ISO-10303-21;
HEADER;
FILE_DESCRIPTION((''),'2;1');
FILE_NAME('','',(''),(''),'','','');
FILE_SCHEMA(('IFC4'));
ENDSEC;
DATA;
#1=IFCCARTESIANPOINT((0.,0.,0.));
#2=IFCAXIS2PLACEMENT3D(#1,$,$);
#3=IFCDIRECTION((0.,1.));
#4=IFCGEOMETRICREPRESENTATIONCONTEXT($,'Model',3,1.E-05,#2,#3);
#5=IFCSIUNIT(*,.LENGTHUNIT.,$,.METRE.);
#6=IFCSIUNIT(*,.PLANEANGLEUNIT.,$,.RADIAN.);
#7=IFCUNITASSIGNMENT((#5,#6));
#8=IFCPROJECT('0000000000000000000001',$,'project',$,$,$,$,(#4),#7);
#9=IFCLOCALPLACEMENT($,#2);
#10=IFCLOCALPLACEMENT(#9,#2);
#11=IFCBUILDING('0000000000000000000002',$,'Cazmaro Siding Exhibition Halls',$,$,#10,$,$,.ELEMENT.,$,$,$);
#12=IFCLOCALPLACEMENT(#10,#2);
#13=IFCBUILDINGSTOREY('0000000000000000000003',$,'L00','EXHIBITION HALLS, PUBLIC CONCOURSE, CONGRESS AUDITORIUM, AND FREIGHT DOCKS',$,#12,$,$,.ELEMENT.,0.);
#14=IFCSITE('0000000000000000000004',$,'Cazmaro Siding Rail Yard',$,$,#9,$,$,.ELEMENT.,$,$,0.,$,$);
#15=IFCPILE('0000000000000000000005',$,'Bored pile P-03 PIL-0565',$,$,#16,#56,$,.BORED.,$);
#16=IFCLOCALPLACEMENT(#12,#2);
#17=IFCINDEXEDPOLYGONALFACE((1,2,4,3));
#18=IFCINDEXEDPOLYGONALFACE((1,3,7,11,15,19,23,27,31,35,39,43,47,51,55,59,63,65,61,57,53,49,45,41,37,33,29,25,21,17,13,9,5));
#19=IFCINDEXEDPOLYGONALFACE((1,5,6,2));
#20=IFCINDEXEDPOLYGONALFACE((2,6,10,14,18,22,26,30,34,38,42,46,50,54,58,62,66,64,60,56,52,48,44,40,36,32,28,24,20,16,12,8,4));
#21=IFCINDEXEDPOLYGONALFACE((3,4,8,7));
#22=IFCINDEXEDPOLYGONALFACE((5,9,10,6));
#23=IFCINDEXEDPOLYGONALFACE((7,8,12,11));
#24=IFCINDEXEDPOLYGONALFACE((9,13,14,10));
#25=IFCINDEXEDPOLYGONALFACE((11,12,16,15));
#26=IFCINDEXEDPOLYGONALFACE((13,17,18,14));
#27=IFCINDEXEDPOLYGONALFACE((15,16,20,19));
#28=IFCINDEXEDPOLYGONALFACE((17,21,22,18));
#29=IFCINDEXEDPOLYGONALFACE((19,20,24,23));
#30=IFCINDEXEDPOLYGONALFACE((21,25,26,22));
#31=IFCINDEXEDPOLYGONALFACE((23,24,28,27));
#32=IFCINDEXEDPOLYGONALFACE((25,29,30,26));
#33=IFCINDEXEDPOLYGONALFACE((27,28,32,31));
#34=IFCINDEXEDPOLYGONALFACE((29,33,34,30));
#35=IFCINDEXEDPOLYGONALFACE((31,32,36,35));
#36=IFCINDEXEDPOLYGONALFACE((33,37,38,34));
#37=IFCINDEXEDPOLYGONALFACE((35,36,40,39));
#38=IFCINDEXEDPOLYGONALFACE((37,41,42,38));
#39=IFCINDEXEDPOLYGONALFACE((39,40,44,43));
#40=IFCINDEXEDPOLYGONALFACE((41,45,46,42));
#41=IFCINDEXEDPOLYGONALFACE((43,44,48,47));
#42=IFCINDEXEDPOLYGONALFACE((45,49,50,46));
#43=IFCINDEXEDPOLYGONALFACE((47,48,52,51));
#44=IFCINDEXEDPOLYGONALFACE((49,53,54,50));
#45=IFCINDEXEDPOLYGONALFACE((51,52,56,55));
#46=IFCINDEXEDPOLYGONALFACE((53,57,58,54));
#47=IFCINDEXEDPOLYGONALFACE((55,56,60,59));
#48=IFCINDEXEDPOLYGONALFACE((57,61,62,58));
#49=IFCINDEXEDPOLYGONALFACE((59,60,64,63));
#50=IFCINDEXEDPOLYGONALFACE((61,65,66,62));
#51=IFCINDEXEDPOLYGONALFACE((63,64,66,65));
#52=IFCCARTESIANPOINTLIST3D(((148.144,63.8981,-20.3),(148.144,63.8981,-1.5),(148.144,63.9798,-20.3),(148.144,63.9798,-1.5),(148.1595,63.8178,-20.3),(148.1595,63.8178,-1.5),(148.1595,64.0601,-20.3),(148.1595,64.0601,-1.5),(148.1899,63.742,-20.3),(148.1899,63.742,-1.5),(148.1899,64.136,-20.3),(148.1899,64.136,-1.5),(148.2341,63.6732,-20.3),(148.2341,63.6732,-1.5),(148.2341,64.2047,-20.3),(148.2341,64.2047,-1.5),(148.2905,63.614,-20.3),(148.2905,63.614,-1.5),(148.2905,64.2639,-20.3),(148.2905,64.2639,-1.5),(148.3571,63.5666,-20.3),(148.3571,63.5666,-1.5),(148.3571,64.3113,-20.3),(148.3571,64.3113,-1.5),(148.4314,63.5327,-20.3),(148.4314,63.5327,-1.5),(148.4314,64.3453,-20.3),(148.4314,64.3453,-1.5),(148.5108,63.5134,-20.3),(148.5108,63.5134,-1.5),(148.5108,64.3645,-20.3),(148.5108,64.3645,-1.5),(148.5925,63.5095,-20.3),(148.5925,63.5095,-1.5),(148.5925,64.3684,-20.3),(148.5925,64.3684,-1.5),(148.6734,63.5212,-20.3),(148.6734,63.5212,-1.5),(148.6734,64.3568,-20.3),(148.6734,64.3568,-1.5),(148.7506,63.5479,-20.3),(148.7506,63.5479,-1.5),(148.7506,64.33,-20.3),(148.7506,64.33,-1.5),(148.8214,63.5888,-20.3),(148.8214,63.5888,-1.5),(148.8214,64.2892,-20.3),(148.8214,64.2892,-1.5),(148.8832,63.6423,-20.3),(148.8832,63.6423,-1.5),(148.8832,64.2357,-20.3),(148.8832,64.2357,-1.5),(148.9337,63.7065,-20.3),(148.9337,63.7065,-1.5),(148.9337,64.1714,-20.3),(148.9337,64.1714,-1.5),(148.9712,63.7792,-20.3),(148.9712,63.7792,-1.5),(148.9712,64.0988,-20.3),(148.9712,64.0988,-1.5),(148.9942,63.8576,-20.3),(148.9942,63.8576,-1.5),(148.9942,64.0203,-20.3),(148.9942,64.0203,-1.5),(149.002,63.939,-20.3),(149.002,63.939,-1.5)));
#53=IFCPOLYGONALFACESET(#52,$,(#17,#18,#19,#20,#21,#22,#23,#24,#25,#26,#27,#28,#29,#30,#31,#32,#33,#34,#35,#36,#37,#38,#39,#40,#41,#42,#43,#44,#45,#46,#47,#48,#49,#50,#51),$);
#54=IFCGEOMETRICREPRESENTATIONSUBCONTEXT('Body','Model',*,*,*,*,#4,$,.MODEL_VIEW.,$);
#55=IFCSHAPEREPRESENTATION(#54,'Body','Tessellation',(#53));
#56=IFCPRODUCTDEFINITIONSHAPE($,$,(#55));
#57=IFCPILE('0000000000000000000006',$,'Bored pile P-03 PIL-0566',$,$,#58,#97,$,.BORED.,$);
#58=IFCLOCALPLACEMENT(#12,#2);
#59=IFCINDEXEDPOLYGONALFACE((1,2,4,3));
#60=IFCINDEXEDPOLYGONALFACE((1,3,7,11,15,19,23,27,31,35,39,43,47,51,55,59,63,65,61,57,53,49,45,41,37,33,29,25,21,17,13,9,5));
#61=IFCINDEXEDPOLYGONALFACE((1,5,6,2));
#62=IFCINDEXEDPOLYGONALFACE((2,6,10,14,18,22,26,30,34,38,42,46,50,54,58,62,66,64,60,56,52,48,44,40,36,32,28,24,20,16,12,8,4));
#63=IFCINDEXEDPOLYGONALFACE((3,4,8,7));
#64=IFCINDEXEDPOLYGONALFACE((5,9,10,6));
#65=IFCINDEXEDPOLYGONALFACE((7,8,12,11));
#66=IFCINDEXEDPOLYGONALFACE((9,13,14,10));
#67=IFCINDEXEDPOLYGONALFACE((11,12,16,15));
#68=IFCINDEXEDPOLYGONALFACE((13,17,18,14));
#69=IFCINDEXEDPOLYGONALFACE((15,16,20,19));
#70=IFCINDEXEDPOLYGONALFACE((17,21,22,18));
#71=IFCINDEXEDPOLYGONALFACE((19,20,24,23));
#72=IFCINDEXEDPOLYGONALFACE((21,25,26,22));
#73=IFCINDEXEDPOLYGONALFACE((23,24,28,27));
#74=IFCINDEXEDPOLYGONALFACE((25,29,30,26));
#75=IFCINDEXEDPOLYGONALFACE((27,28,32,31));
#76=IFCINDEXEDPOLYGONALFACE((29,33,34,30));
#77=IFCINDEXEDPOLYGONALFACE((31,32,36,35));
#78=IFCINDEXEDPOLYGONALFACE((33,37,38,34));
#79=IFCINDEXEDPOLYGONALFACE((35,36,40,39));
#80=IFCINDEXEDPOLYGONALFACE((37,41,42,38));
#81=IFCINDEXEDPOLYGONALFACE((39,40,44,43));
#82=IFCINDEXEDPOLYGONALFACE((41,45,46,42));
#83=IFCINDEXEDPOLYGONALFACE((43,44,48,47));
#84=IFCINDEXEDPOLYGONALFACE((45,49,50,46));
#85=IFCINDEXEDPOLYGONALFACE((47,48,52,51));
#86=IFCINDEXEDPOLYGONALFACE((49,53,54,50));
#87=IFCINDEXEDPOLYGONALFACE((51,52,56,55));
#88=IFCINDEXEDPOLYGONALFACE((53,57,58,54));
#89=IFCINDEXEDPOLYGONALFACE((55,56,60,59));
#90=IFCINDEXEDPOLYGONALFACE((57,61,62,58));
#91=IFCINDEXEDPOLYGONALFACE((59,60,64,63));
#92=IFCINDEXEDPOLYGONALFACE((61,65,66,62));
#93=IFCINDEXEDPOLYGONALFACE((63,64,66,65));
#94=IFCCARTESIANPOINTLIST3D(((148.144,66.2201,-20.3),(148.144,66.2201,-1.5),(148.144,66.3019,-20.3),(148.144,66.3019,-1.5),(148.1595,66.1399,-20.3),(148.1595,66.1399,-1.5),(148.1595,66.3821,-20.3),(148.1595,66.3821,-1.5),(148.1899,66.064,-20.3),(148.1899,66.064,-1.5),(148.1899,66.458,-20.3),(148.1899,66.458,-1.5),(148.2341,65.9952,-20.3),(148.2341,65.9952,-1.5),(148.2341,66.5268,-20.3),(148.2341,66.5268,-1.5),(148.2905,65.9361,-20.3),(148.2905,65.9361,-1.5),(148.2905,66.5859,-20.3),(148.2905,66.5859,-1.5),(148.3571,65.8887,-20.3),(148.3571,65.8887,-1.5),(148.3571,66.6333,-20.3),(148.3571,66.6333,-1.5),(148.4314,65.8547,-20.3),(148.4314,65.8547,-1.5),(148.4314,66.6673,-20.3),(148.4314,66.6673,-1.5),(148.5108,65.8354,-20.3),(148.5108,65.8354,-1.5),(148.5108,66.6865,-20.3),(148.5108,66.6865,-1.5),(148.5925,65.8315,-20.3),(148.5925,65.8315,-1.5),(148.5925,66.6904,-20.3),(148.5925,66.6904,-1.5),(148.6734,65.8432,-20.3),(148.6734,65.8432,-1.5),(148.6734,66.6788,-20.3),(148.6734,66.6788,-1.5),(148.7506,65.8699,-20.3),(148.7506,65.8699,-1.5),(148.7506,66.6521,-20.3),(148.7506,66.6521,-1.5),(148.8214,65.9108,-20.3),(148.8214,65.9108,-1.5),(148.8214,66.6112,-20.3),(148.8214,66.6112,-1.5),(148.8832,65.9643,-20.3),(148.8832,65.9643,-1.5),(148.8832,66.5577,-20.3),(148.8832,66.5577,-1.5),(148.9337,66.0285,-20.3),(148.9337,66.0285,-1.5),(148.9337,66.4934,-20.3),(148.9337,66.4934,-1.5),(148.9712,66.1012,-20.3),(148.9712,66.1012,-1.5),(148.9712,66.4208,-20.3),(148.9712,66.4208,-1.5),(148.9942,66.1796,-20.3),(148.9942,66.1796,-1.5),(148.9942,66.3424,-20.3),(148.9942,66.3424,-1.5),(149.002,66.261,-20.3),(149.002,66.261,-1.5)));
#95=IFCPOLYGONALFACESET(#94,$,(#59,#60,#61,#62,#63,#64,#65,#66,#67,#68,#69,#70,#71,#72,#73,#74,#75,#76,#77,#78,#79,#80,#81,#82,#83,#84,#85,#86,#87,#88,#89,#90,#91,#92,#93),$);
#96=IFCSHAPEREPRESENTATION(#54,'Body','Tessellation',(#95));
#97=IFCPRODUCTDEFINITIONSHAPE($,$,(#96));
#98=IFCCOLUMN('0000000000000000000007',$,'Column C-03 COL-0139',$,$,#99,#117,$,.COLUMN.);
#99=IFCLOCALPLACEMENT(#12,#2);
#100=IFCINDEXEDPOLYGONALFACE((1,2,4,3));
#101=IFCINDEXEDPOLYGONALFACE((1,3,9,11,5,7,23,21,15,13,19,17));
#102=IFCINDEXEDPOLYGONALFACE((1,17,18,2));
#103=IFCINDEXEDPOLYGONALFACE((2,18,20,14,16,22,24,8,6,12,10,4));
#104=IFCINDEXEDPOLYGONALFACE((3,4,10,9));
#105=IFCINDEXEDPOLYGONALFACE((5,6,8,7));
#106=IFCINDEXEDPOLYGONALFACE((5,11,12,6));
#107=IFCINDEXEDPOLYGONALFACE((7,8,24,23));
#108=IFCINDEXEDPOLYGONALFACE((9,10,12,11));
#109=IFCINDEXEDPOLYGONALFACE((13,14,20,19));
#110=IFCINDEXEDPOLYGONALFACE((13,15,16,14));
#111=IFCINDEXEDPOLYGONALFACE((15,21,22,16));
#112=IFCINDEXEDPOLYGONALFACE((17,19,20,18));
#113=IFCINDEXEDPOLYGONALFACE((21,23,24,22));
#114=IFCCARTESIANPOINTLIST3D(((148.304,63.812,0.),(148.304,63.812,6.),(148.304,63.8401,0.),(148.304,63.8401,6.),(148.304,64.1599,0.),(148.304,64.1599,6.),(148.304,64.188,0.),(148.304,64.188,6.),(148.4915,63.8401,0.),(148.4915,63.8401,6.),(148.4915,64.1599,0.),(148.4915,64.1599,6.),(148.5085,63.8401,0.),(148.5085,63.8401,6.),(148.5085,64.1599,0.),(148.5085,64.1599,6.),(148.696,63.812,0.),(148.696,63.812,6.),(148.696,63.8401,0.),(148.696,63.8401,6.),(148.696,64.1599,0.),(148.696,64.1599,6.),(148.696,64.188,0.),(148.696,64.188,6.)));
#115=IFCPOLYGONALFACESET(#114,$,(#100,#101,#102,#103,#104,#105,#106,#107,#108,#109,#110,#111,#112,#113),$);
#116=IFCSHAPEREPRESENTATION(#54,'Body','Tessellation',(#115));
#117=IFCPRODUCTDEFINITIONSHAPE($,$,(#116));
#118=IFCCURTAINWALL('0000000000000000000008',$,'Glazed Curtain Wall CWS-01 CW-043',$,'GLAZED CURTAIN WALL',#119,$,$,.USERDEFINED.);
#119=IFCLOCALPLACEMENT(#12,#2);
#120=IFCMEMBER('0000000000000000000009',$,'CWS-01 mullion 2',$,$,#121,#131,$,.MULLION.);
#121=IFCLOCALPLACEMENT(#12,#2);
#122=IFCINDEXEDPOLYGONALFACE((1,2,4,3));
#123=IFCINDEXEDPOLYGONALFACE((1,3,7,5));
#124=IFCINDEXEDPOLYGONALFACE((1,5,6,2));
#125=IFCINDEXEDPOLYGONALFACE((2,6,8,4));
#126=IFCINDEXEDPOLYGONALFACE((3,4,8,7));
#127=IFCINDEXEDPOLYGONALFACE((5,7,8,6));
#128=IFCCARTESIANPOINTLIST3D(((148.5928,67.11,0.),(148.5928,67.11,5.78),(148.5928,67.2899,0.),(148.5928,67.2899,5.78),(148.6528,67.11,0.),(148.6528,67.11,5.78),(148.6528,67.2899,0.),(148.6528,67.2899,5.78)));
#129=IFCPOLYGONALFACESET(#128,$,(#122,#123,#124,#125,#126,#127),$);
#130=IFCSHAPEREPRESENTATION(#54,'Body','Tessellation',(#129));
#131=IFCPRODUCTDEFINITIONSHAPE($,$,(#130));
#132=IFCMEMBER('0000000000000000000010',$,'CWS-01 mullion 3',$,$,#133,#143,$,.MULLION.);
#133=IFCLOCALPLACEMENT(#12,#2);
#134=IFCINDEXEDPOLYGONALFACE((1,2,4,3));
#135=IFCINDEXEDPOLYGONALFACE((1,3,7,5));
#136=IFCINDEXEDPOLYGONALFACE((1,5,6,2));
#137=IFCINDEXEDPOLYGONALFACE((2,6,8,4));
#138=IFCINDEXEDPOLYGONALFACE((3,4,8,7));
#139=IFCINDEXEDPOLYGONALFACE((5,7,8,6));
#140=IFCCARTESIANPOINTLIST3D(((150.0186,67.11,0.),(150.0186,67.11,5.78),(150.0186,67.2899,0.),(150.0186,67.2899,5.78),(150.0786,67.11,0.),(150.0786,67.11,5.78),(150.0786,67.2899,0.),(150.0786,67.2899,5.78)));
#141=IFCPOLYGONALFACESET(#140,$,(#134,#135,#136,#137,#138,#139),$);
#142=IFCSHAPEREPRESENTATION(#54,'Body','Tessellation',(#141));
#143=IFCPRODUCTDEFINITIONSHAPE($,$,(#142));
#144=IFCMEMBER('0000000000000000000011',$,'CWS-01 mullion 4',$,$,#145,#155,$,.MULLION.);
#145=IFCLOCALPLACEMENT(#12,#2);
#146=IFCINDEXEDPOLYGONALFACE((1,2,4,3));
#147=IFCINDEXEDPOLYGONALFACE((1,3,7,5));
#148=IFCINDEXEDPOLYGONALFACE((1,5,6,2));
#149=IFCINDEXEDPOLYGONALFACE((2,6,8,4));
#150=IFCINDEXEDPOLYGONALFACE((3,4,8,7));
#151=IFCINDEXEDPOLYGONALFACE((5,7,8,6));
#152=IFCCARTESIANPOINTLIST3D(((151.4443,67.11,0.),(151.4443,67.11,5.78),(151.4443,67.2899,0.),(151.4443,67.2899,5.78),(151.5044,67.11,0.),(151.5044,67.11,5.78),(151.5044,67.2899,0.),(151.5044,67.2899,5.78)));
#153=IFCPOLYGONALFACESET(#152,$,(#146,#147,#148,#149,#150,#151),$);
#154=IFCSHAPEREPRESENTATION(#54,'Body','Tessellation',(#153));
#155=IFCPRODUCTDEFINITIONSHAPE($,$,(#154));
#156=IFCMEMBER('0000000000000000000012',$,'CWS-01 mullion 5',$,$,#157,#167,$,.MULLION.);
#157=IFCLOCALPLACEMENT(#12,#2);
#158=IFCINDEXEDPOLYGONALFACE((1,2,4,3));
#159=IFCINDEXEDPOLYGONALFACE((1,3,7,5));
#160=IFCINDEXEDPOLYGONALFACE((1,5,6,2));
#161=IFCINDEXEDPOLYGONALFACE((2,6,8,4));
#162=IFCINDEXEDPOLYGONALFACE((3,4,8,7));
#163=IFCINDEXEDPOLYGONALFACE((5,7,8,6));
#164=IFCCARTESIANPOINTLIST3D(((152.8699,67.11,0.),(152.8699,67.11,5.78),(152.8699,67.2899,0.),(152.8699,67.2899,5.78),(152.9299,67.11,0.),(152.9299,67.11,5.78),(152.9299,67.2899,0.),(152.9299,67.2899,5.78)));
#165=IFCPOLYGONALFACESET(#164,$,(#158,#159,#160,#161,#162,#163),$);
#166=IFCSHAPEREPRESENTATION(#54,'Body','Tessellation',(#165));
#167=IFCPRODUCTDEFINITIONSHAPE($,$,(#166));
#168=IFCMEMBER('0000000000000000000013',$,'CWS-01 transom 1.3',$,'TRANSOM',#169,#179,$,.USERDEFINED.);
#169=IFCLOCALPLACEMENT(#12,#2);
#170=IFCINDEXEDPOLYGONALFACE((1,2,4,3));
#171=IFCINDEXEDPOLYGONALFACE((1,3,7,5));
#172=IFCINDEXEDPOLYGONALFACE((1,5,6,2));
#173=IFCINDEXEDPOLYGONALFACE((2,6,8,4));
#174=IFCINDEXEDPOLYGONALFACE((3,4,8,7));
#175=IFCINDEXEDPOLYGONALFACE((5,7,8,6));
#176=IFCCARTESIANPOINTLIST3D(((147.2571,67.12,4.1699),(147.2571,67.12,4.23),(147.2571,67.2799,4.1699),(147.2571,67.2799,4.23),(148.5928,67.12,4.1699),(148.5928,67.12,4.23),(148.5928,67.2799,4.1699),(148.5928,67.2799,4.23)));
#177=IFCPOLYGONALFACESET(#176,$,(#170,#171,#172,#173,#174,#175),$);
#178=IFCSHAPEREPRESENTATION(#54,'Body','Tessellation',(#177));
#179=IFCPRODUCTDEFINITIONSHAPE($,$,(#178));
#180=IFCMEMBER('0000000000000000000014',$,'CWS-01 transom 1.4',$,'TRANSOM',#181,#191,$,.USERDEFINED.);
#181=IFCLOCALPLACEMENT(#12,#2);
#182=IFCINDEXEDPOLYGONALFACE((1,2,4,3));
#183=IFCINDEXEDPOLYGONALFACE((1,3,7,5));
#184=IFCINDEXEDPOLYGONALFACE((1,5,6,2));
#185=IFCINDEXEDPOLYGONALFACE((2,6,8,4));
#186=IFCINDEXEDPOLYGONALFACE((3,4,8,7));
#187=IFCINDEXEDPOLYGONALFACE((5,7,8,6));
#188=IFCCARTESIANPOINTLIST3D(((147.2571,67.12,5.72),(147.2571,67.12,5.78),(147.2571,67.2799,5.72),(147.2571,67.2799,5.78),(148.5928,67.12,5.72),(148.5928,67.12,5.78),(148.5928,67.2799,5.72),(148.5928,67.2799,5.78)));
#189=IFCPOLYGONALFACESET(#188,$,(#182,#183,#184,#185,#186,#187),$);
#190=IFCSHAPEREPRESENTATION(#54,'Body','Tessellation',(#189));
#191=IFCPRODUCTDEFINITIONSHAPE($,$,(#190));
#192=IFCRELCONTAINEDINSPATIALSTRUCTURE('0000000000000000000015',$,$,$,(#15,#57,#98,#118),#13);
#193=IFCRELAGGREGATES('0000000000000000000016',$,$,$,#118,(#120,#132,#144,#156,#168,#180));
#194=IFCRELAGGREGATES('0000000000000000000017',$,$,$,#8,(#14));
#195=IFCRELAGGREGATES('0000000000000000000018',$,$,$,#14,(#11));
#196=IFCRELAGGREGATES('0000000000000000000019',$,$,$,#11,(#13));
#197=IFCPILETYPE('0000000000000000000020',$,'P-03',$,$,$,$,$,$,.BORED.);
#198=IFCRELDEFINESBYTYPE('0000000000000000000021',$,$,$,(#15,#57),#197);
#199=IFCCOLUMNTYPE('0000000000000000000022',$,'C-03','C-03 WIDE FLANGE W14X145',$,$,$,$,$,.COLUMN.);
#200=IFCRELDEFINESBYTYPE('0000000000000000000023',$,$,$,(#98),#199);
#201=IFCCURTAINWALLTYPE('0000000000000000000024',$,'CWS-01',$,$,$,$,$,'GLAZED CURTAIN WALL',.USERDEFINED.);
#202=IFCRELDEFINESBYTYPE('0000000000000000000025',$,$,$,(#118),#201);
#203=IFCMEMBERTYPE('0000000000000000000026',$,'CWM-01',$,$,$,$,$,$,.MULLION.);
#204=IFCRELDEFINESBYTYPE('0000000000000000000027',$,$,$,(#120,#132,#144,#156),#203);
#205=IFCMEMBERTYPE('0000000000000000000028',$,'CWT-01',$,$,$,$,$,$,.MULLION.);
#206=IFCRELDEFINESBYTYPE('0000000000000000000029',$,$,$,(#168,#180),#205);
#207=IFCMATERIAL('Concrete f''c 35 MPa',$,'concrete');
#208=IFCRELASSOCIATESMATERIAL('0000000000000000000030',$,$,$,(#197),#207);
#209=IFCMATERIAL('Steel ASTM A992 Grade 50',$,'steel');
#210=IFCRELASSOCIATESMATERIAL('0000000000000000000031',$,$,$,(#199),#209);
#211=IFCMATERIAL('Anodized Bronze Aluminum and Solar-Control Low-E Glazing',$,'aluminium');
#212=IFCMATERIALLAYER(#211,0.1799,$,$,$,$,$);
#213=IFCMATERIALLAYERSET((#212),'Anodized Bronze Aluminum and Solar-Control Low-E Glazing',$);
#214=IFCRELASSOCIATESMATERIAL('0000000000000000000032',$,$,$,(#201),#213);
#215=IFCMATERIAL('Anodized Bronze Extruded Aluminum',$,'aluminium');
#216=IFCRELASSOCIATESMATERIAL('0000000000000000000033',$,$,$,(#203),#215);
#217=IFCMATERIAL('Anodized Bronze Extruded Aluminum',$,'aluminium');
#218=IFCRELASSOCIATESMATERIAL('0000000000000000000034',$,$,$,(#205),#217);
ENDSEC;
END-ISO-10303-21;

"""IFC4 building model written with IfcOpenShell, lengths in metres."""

from ifc_helpers import new_model, si_unit, direction, frame, origin, origin_2d, place, context, subcontext, project, spatial, rectangle, circle, i_section, extrude, material, layer, layer_set, material_profile, profile_set, type_object, element, aggregate, save


model = new_model("IFC4")

# Units and contexts
model_context = context("Model", 3, precision=1e-05, world=origin(), true_north=direction((0.0, 1.0)))
body_context = subcontext(model_context, "Body", "Model", "MODEL_VIEW")
ifc_project = project(units=[si_unit("LENGTHUNIT", "METRE"), si_unit("PLANEANGLEUNIT", "RADIAN")], contexts=[model_context])

# Site, building, storey
site_placement = place(None, origin())
site = spatial("IfcSite", under=ifc_project, at=site_placement, Name="Cazmaro Siding Rail Yard", CompositionType="ELEMENT", RefElevation=0.0)
building_placement = place(site_placement, origin())
building = spatial("IfcBuilding", under=site, at=building_placement, Name="Cazmaro Siding Exhibition Halls", CompositionType="ELEMENT")
storey_placement = place(building_placement, origin())
storey = spatial("IfcBuildingStorey", under=building, at=storey_placement, Name="L00", Description="EXHIBITION HALLS, PUBLIC CONCOURSE, CONGRESS AUDITORIUM, AND FREIGHT DOCKS", CompositionType="ELEMENT", Elevation=0.0)

# Piles
ifc_material_1 = material(Name="Concrete f'c 35 MPa", Category="concrete")
ifc_material_profile_1 = material_profile(ifc_material_1, circle(Radius=0.4299, at=origin_2d()), Name="CIDH-860")
ifc_profile_set_1 = profile_set([ifc_material_profile_1], Name="Concrete f'c 35 MPa")
pile_type = type_object("IfcPileType", Name="P-03", PredefinedType="BORED", material=ifc_profile_set_1)
for number, where, z_axis, x_axis, name in (
    (1, (148.572, 63.939, -1.5), (0.0, 0.0, -1.0), (1.0, 0.0, 0.0), "Bored pile P-03 PIL-0565"),
    (2, (148.572, 66.261, -1.5), (0.0, 0.0, -1.0), (1.0, 0.0, 0.0), "Bored pile P-03 PIL-0566"),
):
    element("IfcPile", number, at=place(storey_placement, frame(where, z_axis=z_axis, x_axis=x_axis)), inside=storey, type_object=pile_type, Name=name, PredefinedType="BORED", context=body_context, shape_type="SweptSolid", body=[
        extrude(circle(Radius=0.4299, at=origin_2d()), origin(), (0.0, 0.0, 1.0), 18.8),
    ])

# Column
ifc_material_2 = material(Name="Steel ASTM A992 Grade 50", Category="steel")
ifc_material_profile_2 = material_profile(ifc_material_2, i_section(OverallWidth=0.3921, OverallDepth=0.376, WebThickness=0.0171, FlangeThickness=0.0281, at=origin_2d()), Name="W14X145")
ifc_profile_set_2 = profile_set([ifc_material_profile_2], Name="Steel ASTM A992 Grade 50")
column_type = type_object("IfcColumnType", Name="C-03", Description="C-03 WIDE FLANGE W14X145", PredefinedType="COLUMN", material=ifc_profile_set_2)
column_placement = place(storey_placement, frame((148.5, 64.0, 0.0), z_axis=(0.0, 0.0, 1.0), x_axis=(1.0, 0.0, 0.0)))
element("IfcColumn", 3, at=column_placement, inside=storey, type_object=column_type, Name="Column C-03 COL-0139", PredefinedType="COLUMN", context=body_context, shape_type="SweptSolid", body=[
    extrude(i_section(OverallWidth=0.3921, OverallDepth=0.376, WebThickness=0.0171, FlangeThickness=0.0281, at=origin_2d()), origin(), (0.0, 0.0, 1.0), 6.0),
])

# Curtain wall, members
ifc_material_3 = material(Name="Anodized Bronze Aluminum and Solar-Control Low-E Glazing", Category="aluminium")
ifc_layer_1 = layer(ifc_material_3, 0.1799)
ifc_layer_set_1 = layer_set([ifc_layer_1], Name="Anodized Bronze Aluminum and Solar-Control Low-E Glazing")
curtain_wall_type = type_object("IfcCurtainWallType", Name="CWS-01", ElementType="GLAZED CURTAIN WALL", PredefinedType="USERDEFINED", material=ifc_layer_set_1)
curtain_wall_placement = place(storey_placement, origin())
curtain_wall = element("IfcCurtainWall", 4, at=curtain_wall_placement, inside=storey, type_object=curtain_wall_type, Name="Glazed Curtain Wall CWS-01 CW-043", ObjectType="GLAZED CURTAIN WALL", PredefinedType="USERDEFINED")
ifc_material_4 = material(Name="Anodized Bronze Extruded Aluminum", Category="aluminium")
ifc_material_profile_3 = material_profile(ifc_material_4, rectangle(XDim=0.1799, YDim=0.0601, at=origin_2d()), Name="CWM-01")
ifc_profile_set_3 = profile_set([ifc_material_profile_3], Name="Anodized Bronze Extruded Aluminum")
member_type_1 = type_object("IfcMemberType", Name="CWM-01", PredefinedType="MULLION", material=ifc_profile_set_3)
member_1_placement = place(storey_placement, frame((148.6228, 67.2, 0.0), z_axis=(0.0, 0.0, 1.0), x_axis=(0.0, 1.0, 0.0)))
member_1 = element("IfcMember", 5, at=member_1_placement, type_object=member_type_1, Name="CWS-01 mullion 2", PredefinedType="MULLION", context=body_context, shape_type="SweptSolid", body=[
    extrude(rectangle(XDim=0.1799, YDim=0.0601, at=origin_2d()), origin(), (0.0, 0.0, 1.0), 5.78),
])
member_2_placement = place(storey_placement, frame((150.0486, 67.2, 0.0), z_axis=(0.0, 0.0, 1.0), x_axis=(0.0, 1.0, 0.0)))
member_2 = element("IfcMember", 6, at=member_2_placement, type_object=member_type_1, Name="CWS-01 mullion 3", PredefinedType="MULLION", context=body_context, shape_type="SweptSolid", body=[
    extrude(rectangle(XDim=0.1799, YDim=0.0601, at=origin_2d()), origin(), (0.0, 0.0, 1.0), 5.78),
])
member_3_placement = place(storey_placement, frame((151.4744, 67.2, 0.0), z_axis=(0.0, 0.0, 1.0), x_axis=(0.0, 1.0, 0.0)))
member_3 = element("IfcMember", 7, at=member_3_placement, type_object=member_type_1, Name="CWS-01 mullion 4", PredefinedType="MULLION", context=body_context, shape_type="SweptSolid", body=[
    extrude(rectangle(XDim=0.1799, YDim=0.0601, at=origin_2d()), origin(), (0.0, 0.0, 1.0), 5.78),
])
member_4_placement = place(storey_placement, frame((152.8999, 67.2, 0.0), z_axis=(0.0, 0.0, 1.0), x_axis=(0.0, 1.0, 0.0)))
member_4 = element("IfcMember", 8, at=member_4_placement, type_object=member_type_1, Name="CWS-01 mullion 5", PredefinedType="MULLION", context=body_context, shape_type="SweptSolid", body=[
    extrude(rectangle(XDim=0.1799, YDim=0.0601, at=origin_2d()), origin(), (0.0, 0.0, 1.0), 5.78),
])
ifc_material_5 = material(Name="Anodized Bronze Extruded Aluminum", Category="aluminium")
ifc_material_profile_4 = material_profile(ifc_material_5, rectangle(XDim=0.1599, YDim=0.0601, at=origin_2d()), Name="CWT-01")
ifc_profile_set_4 = profile_set([ifc_material_profile_4], Name="Anodized Bronze Extruded Aluminum")
member_type_2 = type_object("IfcMemberType", Name="CWT-01", PredefinedType="MULLION", material=ifc_profile_set_4)
member_5_placement = place(storey_placement, frame((147.2571, 67.2, 4.2), z_axis=(1.0, 0.0, 0.0), x_axis=(0.0, 1.0, 0.0)))
member_5 = element("IfcMember", 9, at=member_5_placement, type_object=member_type_2, Name="CWS-01 transom 1.3", ObjectType="TRANSOM", PredefinedType="USERDEFINED", context=body_context, shape_type="SweptSolid", body=[
    extrude(rectangle(XDim=0.1599, YDim=0.0601, at=origin_2d()), origin(), (0.0, 0.0, 1.0), 1.3357),
])
member_6_placement = place(storey_placement, frame((147.2571, 67.2, 5.75), z_axis=(1.0, 0.0, 0.0), x_axis=(0.0, 1.0, 0.0)))
member_6 = element("IfcMember", 10, at=member_6_placement, type_object=member_type_2, Name="CWS-01 transom 1.4", ObjectType="TRANSOM", PredefinedType="USERDEFINED", context=body_context, shape_type="SweptSolid", body=[
    extrude(rectangle(XDim=0.1599, YDim=0.0601, at=origin_2d()), origin(), (0.0, 0.0, 1.0), 1.3357),
])
aggregate(curtain_wall, [member_1, member_2, member_3, member_4, member_5, member_6])

save(model, "model.ifc")
